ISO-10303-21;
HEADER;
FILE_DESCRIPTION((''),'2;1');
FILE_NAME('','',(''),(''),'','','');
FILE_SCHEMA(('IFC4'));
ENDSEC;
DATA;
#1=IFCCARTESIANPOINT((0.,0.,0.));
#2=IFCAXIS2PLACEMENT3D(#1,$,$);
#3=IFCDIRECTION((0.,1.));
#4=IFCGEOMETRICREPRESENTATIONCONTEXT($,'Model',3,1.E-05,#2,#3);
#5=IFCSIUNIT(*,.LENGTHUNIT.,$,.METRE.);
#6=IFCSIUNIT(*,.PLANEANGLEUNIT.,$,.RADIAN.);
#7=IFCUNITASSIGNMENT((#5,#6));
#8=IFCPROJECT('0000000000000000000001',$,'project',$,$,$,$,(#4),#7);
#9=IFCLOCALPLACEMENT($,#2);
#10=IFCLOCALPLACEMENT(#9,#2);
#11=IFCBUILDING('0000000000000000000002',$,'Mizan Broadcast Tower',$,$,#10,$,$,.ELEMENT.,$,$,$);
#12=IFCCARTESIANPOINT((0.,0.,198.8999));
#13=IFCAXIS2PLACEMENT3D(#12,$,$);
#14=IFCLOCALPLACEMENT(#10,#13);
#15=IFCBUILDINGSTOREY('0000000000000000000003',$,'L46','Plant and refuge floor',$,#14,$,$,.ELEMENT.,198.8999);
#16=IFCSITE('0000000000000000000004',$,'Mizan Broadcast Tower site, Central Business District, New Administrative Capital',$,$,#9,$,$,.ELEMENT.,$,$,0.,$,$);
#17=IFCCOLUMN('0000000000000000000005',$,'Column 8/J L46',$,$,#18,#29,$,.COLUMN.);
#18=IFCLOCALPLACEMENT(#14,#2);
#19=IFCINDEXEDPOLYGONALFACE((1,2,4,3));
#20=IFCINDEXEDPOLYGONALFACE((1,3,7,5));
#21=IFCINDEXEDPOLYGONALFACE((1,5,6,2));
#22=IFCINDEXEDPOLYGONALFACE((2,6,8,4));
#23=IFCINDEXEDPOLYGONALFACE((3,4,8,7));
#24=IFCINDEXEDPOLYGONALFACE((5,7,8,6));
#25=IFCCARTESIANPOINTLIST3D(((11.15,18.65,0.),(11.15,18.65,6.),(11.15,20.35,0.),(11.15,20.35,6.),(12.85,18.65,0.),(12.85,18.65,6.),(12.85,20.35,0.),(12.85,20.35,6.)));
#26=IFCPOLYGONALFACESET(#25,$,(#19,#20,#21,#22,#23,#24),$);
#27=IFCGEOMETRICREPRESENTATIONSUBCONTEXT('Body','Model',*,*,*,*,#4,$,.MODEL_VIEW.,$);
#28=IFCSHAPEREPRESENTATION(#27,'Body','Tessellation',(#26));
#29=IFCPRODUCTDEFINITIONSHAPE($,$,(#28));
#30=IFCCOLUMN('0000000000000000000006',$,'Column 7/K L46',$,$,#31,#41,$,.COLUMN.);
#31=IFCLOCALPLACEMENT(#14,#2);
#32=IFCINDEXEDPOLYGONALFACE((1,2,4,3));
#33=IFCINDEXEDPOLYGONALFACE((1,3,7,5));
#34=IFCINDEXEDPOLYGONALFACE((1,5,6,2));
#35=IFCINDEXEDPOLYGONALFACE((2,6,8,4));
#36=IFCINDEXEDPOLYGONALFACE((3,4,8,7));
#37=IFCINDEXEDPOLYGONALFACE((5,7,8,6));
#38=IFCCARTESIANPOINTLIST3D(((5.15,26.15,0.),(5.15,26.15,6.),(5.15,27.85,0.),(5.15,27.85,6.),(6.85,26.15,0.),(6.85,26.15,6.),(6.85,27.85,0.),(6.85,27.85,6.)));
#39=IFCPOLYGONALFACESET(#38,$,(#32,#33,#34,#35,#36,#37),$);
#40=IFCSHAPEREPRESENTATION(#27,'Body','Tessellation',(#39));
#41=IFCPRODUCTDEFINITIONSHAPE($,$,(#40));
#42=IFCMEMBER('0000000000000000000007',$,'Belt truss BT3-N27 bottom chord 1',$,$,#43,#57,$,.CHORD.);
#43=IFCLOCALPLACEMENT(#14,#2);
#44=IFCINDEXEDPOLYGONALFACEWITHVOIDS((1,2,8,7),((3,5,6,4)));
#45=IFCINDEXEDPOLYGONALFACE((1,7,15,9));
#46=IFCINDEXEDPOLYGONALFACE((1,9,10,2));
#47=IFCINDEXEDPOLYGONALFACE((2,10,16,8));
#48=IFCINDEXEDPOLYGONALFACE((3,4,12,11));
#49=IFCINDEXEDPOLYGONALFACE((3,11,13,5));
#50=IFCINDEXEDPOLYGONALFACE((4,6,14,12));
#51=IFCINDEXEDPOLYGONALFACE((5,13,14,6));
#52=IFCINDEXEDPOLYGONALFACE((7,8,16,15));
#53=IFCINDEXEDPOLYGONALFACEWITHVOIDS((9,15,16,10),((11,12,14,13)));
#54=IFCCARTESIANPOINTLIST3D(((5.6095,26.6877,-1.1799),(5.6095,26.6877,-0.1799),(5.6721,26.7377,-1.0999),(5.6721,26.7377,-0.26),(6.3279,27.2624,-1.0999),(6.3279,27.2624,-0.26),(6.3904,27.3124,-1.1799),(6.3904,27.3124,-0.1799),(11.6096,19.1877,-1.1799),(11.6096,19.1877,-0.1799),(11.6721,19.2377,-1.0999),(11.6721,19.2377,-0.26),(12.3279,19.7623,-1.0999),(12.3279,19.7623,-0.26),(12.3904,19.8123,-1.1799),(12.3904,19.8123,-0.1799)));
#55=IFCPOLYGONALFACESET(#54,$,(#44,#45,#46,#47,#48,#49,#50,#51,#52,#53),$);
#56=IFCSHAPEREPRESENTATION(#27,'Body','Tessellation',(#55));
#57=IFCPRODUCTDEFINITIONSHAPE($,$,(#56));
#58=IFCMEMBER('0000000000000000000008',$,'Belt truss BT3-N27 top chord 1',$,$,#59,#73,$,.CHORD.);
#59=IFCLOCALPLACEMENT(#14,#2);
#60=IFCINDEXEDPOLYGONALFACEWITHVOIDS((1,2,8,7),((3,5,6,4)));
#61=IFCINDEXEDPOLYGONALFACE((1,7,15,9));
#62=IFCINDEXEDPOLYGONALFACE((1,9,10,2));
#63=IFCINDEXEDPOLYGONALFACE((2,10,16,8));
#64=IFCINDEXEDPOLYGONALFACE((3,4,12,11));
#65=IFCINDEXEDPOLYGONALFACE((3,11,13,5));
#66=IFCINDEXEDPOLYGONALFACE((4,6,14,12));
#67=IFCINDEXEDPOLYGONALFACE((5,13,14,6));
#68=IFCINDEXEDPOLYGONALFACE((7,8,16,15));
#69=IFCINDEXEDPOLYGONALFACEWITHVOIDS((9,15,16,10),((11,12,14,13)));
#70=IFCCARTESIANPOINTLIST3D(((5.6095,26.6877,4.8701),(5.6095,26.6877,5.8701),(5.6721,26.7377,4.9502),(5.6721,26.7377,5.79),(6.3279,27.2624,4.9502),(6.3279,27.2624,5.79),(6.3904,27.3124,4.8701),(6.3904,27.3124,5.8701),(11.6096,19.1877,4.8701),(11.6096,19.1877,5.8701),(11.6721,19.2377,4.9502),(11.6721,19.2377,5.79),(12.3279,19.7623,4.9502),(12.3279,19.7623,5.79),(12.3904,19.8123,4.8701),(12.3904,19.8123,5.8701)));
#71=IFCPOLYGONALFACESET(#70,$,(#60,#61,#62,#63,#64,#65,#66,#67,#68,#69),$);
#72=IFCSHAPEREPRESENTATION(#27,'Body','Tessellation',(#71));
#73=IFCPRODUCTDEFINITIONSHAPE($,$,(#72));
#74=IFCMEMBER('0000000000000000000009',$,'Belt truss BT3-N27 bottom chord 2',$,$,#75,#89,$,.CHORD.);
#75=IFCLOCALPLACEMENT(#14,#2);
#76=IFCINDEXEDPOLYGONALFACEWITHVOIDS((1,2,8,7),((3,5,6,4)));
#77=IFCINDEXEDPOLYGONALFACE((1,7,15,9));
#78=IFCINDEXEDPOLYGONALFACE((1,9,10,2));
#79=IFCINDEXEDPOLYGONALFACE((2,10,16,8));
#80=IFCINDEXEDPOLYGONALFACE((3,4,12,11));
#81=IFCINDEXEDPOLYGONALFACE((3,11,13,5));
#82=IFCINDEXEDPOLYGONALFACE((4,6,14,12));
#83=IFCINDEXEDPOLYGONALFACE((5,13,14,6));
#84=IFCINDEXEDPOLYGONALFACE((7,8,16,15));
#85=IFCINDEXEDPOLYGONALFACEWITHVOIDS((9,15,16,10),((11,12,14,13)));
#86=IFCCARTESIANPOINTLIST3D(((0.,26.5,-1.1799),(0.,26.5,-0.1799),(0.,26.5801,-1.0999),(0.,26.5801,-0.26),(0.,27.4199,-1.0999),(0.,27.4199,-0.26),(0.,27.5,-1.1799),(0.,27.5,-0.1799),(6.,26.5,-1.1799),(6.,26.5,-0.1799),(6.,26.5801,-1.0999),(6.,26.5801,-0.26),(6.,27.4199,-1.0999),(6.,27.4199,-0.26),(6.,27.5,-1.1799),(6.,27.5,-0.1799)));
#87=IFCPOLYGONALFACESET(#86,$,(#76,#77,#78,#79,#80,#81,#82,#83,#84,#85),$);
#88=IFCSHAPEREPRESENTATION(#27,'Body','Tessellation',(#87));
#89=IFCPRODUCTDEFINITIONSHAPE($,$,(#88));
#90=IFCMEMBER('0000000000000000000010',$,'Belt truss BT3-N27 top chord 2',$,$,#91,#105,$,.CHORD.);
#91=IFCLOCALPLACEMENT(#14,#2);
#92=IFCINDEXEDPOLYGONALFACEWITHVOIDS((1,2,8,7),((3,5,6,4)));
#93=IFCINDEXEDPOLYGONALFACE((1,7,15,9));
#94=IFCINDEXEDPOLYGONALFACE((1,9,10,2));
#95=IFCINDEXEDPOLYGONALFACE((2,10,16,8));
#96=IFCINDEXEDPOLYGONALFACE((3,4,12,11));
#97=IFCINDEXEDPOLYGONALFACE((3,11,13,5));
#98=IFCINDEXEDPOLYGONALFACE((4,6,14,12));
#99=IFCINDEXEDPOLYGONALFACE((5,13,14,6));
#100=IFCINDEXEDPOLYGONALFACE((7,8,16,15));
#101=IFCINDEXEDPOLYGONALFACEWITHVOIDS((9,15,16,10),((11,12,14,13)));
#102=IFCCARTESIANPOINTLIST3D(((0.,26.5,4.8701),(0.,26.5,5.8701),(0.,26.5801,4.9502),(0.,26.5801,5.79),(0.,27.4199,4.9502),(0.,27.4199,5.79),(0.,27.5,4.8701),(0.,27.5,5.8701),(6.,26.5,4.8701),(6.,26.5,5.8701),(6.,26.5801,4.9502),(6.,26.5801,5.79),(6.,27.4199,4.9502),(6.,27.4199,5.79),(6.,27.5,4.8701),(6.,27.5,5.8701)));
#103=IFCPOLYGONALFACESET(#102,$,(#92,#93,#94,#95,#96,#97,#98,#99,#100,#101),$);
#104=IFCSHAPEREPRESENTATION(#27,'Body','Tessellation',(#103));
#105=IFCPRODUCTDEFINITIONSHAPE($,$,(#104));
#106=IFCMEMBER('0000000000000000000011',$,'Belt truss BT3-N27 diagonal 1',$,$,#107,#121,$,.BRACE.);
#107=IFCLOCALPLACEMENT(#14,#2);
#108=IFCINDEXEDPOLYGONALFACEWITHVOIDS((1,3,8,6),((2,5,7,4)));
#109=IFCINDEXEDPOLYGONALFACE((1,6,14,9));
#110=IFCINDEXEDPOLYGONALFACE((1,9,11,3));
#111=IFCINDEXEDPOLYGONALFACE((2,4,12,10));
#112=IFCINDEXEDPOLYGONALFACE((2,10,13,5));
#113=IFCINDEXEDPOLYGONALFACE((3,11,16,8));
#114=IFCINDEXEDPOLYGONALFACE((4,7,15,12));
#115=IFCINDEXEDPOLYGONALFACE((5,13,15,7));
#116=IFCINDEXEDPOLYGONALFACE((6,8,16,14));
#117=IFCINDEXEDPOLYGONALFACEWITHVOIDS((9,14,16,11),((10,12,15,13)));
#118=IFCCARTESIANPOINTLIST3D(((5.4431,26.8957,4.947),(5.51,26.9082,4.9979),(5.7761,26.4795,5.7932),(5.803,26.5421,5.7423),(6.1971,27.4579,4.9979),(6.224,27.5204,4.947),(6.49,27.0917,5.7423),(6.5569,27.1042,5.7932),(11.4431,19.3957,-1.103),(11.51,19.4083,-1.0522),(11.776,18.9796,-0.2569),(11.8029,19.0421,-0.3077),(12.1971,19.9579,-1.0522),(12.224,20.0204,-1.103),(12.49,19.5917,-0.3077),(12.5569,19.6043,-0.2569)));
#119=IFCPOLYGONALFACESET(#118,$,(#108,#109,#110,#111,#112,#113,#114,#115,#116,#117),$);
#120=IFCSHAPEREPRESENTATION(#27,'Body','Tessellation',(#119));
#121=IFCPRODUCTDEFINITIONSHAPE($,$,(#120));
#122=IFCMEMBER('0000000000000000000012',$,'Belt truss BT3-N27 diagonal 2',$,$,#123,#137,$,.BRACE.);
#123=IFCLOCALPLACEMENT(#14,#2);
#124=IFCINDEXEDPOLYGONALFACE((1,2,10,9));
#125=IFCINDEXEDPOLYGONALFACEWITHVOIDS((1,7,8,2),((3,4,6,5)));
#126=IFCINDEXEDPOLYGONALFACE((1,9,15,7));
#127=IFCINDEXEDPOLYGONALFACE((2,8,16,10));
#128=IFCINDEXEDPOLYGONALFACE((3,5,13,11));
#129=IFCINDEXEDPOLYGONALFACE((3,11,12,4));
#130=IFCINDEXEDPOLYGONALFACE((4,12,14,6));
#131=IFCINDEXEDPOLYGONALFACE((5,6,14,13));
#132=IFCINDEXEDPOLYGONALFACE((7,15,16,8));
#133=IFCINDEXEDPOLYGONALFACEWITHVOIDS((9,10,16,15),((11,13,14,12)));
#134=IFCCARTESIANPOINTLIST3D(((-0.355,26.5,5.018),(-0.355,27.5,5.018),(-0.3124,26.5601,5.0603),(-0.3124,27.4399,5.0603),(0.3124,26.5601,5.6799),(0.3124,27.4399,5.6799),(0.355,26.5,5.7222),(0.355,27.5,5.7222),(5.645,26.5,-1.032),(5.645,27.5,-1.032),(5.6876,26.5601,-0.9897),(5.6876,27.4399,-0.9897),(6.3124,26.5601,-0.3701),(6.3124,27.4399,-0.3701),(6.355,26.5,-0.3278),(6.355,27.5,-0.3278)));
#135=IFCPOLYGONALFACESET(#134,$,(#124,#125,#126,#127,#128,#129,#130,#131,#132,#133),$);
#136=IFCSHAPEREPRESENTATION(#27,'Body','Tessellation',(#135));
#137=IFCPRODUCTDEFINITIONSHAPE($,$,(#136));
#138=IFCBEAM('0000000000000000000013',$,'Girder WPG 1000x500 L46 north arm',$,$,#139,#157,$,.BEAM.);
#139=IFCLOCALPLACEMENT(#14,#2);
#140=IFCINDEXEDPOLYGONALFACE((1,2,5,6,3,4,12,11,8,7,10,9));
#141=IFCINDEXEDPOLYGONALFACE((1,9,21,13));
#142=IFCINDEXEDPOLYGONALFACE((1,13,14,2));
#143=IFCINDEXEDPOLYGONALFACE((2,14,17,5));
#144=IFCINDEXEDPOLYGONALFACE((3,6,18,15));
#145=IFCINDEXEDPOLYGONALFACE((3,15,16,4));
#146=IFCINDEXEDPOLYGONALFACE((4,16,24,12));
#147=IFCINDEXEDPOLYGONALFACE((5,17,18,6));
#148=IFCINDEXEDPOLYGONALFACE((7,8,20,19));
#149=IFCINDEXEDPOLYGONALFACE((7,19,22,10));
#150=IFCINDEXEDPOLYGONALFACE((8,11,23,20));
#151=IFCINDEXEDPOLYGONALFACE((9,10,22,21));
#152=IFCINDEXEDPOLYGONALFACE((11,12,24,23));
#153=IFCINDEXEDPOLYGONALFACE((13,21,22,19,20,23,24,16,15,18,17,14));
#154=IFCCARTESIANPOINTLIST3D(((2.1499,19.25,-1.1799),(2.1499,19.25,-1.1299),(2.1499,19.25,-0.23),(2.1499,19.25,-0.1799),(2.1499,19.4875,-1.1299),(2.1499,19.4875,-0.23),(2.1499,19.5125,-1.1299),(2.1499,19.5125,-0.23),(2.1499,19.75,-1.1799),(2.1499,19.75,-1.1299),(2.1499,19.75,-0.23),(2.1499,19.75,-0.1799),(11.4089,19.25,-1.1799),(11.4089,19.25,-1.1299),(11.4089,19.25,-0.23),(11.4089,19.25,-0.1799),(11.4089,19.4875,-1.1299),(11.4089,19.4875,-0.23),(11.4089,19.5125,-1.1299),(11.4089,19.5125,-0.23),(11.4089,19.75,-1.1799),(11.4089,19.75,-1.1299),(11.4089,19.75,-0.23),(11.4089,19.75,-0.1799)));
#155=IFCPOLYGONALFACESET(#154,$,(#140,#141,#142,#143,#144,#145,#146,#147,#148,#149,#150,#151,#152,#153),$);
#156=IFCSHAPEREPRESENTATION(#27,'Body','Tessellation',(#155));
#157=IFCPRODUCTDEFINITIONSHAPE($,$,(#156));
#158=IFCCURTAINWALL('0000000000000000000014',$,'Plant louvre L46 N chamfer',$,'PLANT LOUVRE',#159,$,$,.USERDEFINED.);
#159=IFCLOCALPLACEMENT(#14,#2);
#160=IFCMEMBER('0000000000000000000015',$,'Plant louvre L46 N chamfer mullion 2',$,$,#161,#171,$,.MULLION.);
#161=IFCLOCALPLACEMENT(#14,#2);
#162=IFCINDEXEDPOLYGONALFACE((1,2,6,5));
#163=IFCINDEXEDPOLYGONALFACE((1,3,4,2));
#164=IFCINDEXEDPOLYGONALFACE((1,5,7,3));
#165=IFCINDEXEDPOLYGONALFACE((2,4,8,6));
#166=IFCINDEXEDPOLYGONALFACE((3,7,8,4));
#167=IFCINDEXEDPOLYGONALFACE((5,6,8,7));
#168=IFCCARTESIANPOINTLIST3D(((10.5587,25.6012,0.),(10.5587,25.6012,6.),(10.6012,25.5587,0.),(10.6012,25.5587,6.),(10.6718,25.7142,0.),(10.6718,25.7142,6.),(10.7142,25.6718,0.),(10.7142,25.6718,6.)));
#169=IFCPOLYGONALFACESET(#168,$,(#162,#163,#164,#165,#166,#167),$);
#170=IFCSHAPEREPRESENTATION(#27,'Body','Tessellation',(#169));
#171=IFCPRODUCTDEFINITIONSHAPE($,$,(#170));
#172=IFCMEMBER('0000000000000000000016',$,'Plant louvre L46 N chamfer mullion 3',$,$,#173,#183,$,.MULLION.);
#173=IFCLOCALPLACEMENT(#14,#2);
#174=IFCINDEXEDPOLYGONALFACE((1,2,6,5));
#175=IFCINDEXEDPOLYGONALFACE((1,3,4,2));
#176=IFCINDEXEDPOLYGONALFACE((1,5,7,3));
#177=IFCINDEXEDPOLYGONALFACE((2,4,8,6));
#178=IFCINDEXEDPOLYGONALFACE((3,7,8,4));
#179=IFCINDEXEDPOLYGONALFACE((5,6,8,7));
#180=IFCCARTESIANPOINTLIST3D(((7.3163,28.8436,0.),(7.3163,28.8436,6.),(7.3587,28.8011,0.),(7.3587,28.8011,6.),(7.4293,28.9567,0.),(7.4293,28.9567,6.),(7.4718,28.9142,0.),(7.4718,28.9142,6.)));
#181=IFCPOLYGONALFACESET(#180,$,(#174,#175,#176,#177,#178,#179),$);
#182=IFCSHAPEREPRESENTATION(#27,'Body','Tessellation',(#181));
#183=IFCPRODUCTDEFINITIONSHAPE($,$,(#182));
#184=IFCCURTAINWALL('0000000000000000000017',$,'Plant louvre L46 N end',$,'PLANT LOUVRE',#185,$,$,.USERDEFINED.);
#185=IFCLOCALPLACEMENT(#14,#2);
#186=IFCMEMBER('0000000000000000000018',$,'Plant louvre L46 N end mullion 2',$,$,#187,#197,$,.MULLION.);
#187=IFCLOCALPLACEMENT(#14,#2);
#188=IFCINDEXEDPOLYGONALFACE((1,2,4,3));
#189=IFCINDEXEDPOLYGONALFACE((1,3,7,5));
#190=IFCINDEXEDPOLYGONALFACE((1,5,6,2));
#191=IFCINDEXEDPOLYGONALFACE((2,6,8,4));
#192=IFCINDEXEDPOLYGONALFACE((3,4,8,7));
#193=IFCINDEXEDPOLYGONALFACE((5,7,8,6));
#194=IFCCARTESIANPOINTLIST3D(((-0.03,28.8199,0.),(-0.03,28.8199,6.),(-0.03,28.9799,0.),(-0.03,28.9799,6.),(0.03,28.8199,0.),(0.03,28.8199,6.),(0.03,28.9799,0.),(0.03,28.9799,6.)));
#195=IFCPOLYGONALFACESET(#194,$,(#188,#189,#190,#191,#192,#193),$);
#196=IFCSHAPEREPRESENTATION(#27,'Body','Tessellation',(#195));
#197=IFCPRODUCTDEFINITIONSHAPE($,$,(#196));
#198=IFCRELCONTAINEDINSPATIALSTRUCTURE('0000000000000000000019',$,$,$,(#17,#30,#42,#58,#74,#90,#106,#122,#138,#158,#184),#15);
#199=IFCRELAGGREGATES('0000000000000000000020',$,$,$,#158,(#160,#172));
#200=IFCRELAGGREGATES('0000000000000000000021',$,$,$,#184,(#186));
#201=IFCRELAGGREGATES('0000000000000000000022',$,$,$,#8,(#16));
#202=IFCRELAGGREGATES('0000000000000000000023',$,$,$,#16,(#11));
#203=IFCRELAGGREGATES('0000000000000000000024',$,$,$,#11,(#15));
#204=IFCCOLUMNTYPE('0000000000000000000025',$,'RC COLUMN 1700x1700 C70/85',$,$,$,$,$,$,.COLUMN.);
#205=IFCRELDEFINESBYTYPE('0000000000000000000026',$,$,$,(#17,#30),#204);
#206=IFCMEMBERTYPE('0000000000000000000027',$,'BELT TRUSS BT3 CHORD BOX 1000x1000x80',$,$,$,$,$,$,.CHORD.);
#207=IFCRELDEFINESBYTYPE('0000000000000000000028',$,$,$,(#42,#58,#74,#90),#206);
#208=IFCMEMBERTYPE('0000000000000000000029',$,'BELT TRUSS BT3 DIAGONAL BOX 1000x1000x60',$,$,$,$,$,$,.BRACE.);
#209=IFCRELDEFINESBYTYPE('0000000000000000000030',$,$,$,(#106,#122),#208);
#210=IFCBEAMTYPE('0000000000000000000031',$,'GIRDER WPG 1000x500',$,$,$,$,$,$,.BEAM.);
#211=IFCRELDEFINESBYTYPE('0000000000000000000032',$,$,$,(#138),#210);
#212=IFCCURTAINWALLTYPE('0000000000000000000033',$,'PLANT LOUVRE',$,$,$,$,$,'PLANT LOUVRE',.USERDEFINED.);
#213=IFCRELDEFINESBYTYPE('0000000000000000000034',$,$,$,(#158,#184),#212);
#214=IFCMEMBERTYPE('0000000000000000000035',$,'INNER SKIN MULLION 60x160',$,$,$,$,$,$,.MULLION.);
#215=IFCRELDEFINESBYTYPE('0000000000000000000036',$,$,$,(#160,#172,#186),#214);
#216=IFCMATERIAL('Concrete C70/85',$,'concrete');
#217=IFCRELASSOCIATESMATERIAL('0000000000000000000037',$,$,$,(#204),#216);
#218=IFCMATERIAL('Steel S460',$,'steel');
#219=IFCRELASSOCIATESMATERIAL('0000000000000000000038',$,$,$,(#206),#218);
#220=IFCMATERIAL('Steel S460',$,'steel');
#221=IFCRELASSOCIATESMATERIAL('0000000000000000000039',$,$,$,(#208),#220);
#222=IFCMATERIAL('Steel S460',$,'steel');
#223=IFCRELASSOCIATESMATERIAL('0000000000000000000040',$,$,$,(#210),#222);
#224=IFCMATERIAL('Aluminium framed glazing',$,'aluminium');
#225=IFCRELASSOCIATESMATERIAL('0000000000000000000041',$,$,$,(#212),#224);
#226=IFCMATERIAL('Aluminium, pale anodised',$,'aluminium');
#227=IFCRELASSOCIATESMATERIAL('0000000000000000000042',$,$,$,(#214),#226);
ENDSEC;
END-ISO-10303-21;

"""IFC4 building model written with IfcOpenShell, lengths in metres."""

from ifc_helpers import new_model, si_unit, direction, frame, origin, origin_2d, place, context, subcontext, project, spatial, rectangle, hollow_rectangle, i_section, extrude, material, material_profile, profile_set, type_object, element, aggregate, save


model = new_model("IFC4")

# Units and contexts
model_context = context("Model", 3, precision=1e-05, world=origin(), true_north=direction((0.0, 1.0)))
body_context = subcontext(model_context, "Body", "Model", "MODEL_VIEW")
ifc_project = project(units=[si_unit("LENGTHUNIT", "METRE"), si_unit("PLANEANGLEUNIT", "RADIAN")], contexts=[model_context])

# Site, building, storey
site_placement = place(None, origin())
site = spatial("IfcSite", under=ifc_project, at=site_placement, Name="Mizan Broadcast Tower site, Central Business District, New Administrative Capital", CompositionType="ELEMENT", RefElevation=0.0)
building_placement = place(site_placement, origin())
building = spatial("IfcBuilding", under=site, at=building_placement, Name="Mizan Broadcast Tower", CompositionType="ELEMENT")
storey_placement = place(building_placement, frame((0.0, 0.0, 198.8999)))
storey = spatial("IfcBuildingStorey", under=building, at=storey_placement, Name="L46", Description="Plant and refuge floor", CompositionType="ELEMENT", Elevation=198.8999)

# Columns
ifc_material_1 = material(Name="Concrete C70/85", Category="concrete")
ifc_material_profile_1 = material_profile(ifc_material_1, rectangle(XDim=1.7, YDim=1.7, at=origin_2d()), Name="RC 1700x1700")
ifc_profile_set_1 = profile_set([ifc_material_profile_1], Name="Concrete C70/85")
column_type = type_object("IfcColumnType", Name="RC COLUMN 1700x1700 C70/85", PredefinedType="COLUMN", material=ifc_profile_set_1)
for number, where, z_axis, x_axis, name in (
    (1, (12.0, 19.5, 0.0), (0.0, 0.0, 1.0), (1.0, 0.0, 0.0), "Column 8/J L46"),
    (2, (6.0, 27.0, 0.0), (0.0, 0.0, 1.0), (1.0, 0.0, 0.0), "Column 7/K L46"),
):
    element("IfcColumn", number, at=place(storey_placement, frame(where, z_axis=z_axis, x_axis=x_axis)), inside=storey, type_object=column_type, Name=name, PredefinedType="COLUMN", context=body_context, shape_type="SweptSolid", body=[
        extrude(rectangle(XDim=1.7, YDim=1.7, at=origin_2d()), origin(), (0.0, 0.0, 1.0), 6.0),
    ])

# Members
ifc_material_2 = material(Name="Steel S460", Category="steel")
ifc_material_profile_2 = material_profile(ifc_material_2, hollow_rectangle(XDim=1.0, YDim=1.0, WallThickness=0.0801, at=origin_2d()), Name="BOX 1000x1000x80")
ifc_profile_set_2 = profile_set([ifc_material_profile_2], Name="Steel S460")
member_type_1 = type_object("IfcMemberType", Name="BELT TRUSS BT3 CHORD BOX 1000x1000x80", PredefinedType="CHORD", material=ifc_profile_set_2)
for number, where, z_axis, x_axis, name in (
    (3, (12.0, 19.5, -0.6799), (-0.624695, 0.780869, 0.0), (-0.780869, -0.624695, 0.0), "Belt truss BT3-N27 bottom chord 1"),
    (4, (12.0, 19.5, 5.3701), (-0.624695, 0.780869, 0.0), (-0.780869, -0.624695, 0.0), "Belt truss BT3-N27 top chord 1"),
):
    element("IfcMember", number, at=place(storey_placement, frame(where, z_axis=z_axis, x_axis=x_axis)), inside=storey, type_object=member_type_1, Name=name, PredefinedType="CHORD", context=body_context, shape_type="SweptSolid", body=[
        extrude(hollow_rectangle(XDim=1.0, YDim=1.0, WallThickness=0.0801, at=origin_2d()), origin(), (0.0, 0.0, 1.0), 9.6047),
    ])
for number, where, z_axis, x_axis, name in (
    (5, (6.0, 27.0, -0.6799), (-1.0, 0.0, 0.0), (0.0, -1.0, 0.0), "Belt truss BT3-N27 bottom chord 2"),
    (6, (6.0, 27.0, 5.3701), (-1.0, 0.0, 0.0), (0.0, -1.0, 0.0), "Belt truss BT3-N27 top chord 2"),
):
    element("IfcMember", number, at=place(storey_placement, frame(where, z_axis=z_axis, x_axis=x_axis)), inside=storey, type_object=member_type_1, Name=name, PredefinedType="CHORD", context=body_context, shape_type="SweptSolid", body=[
        extrude(hollow_rectangle(XDim=1.0, YDim=1.0, WallThickness=0.0801, at=origin_2d()), origin(), (0.0, 0.0, 1.0), 6.0),
    ])
ifc_material_3 = material(Name="Steel S460", Category="steel")
ifc_material_profile_3 = material_profile(ifc_material_3, hollow_rectangle(XDim=1.0, YDim=1.0, WallThickness=0.0601, at=origin_2d()), Name="BOX 1000x1000x60")
ifc_profile_set_3 = profile_set([ifc_material_profile_3], Name="Steel S460")
member_type_2 = type_object("IfcMemberType", Name="BELT TRUSS BT3 DIAGONAL BOX 1000x1000x60", PredefinedType="BRACE", material=ifc_profile_set_3)
member_1_placement = place(storey_placement, frame((12.0, 19.5, -0.6799), z_axis=(-0.528572, 0.660715, 0.532981), x_axis=(-0.780869, -0.624695, 0.0)))
element("IfcMember", 7, at=member_1_placement, inside=storey, type_object=member_type_2, Name="Belt truss BT3-N27 diagonal 1", PredefinedType="BRACE", context=body_context, shape_type="SweptSolid", body=[
    extrude(hollow_rectangle(XDim=1.0, YDim=1.0, WallThickness=0.0601, at=origin_2d()), origin(), (0.0, 0.0, 1.0), 11.3513),
])
member_2_placement = place(storey_placement, frame((6.0, 27.0, -0.6799), z_axis=(-0.704164, 0.0, 0.710038), x_axis=(0.0, -1.0, 0.0)))
element("IfcMember", 8, at=member_2_placement, inside=storey, type_object=member_type_2, Name="Belt truss BT3-N27 diagonal 2", PredefinedType="BRACE", context=body_context, shape_type="SweptSolid", body=[
    extrude(hollow_rectangle(XDim=1.0, YDim=1.0, WallThickness=0.0601, at=origin_2d()), origin(), (0.0, 0.0, 1.0), 8.5208),
])

# Beam
ifc_material_4 = material(Name="Steel S460", Category="steel")
ifc_material_profile_4 = material_profile(ifc_material_4, i_section(OverallWidth=0.5, OverallDepth=1.0, WebThickness=0.0249, FlangeThickness=0.05, at=origin_2d()), Name="WPG 1000x500")
ifc_profile_set_4 = profile_set([ifc_material_profile_4], Name="Steel S460")
beam_type_1 = type_object("IfcBeamType", Name="GIRDER WPG 1000x500", PredefinedType="BEAM", material=ifc_profile_set_4)
beam_1_placement = place(storey_placement, frame((11.4089, 19.5, -0.6799), z_axis=(-1.0, 0.0, 0.0), x_axis=(0.0, -1.0, 0.0)))
element("IfcBeam", 9, at=beam_1_placement, inside=storey, type_object=beam_type_1, Name="Girder WPG 1000x500 L46 north arm", PredefinedType="BEAM", context=body_context, shape_type="SweptSolid", body=[
    extrude(i_section(OverallWidth=0.5, OverallDepth=1.0, WebThickness=0.0249, FlangeThickness=0.05, at=origin_2d()), origin(), (0.0, 0.0, 1.0), 9.259),
])

# Curtain wall, members
ifc_material_5 = material(Name="Aluminium framed glazing", Category="aluminium")
curtain_wall_type = type_object("IfcCurtainWallType", Name="PLANT LOUVRE", ElementType="PLANT LOUVRE", PredefinedType="USERDEFINED", material=ifc_material_5)
curtain_wall_1_placement = place(storey_placement, origin())
curtain_wall_1 = element("IfcCurtainWall", 10, at=curtain_wall_1_placement, inside=storey, type_object=curtain_wall_type, Name="Plant louvre L46 N chamfer", ObjectType="PLANT LOUVRE", PredefinedType="USERDEFINED")
ifc_material_6 = material(Name="Aluminium, pale anodised", Category="aluminium")
ifc_material_profile_5 = material_profile(ifc_material_6, rectangle(XDim=0.1599, YDim=0.0601, at=origin_2d()), Name="MULLION 160x60")
ifc_profile_set_5 = profile_set([ifc_material_profile_5], Name="Aluminium, pale anodised")
member_type_3 = type_object("IfcMemberType", Name="INNER SKIN MULLION 60x160", PredefinedType="MULLION", material=ifc_profile_set_5)
member_3_placement = place(storey_placement, frame((10.6365, 25.6365, 0.0), z_axis=(0.0, 0.0, 1.0), x_axis=(-0.707107, -0.707107, 0.0)))
member_3 = element("IfcMember", 11, at=member_3_placement, type_object=member_type_3, Name="Plant louvre L46 N chamfer mullion 2", PredefinedType="MULLION", context=body_context, shape_type="SweptSolid", body=[
    extrude(rectangle(XDim=0.1599, YDim=0.0601, at=origin_2d()), origin(), (0.0, 0.0, 1.0), 6.0),
])
member_4_placement = place(storey_placement, frame((7.394, 28.8789, 0.0), z_axis=(0.0, 0.0, 1.0), x_axis=(-0.707107, -0.707107, 0.0)))
member_4 = element("IfcMember", 12, at=member_4_placement, type_object=member_type_3, Name="Plant louvre L46 N chamfer mullion 3", PredefinedType="MULLION", context=body_context, shape_type="SweptSolid", body=[
    extrude(rectangle(XDim=0.1599, YDim=0.0601, at=origin_2d()), origin(), (0.0, 0.0, 1.0), 6.0),
])

# Curtain wall, member
curtain_wall_2_placement = place(storey_placement, origin())
curtain_wall_2 = element("IfcCurtainWall", 13, at=curtain_wall_2_placement, inside=storey, type_object=curtain_wall_type, Name="Plant louvre L46 N end", ObjectType="PLANT LOUVRE", PredefinedType="USERDEFINED")
member_5_placement = place(storey_placement, frame((0.0, 28.8999, 0.0), z_axis=(0.0, 0.0, 1.0), x_axis=(0.0, -1.0, 0.0)))
member_5 = element("IfcMember", 14, at=member_5_placement, type_object=member_type_3, Name="Plant louvre L46 N end mullion 2", PredefinedType="MULLION", context=body_context, shape_type="SweptSolid", body=[
    extrude(rectangle(XDim=0.1599, YDim=0.0601, at=origin_2d()), origin(), (0.0, 0.0, 1.0), 6.0),
])

aggregate(curtain_wall_1, [member_3, member_4])
aggregate(curtain_wall_2, [member_5])

save(model, "model.ifc")
